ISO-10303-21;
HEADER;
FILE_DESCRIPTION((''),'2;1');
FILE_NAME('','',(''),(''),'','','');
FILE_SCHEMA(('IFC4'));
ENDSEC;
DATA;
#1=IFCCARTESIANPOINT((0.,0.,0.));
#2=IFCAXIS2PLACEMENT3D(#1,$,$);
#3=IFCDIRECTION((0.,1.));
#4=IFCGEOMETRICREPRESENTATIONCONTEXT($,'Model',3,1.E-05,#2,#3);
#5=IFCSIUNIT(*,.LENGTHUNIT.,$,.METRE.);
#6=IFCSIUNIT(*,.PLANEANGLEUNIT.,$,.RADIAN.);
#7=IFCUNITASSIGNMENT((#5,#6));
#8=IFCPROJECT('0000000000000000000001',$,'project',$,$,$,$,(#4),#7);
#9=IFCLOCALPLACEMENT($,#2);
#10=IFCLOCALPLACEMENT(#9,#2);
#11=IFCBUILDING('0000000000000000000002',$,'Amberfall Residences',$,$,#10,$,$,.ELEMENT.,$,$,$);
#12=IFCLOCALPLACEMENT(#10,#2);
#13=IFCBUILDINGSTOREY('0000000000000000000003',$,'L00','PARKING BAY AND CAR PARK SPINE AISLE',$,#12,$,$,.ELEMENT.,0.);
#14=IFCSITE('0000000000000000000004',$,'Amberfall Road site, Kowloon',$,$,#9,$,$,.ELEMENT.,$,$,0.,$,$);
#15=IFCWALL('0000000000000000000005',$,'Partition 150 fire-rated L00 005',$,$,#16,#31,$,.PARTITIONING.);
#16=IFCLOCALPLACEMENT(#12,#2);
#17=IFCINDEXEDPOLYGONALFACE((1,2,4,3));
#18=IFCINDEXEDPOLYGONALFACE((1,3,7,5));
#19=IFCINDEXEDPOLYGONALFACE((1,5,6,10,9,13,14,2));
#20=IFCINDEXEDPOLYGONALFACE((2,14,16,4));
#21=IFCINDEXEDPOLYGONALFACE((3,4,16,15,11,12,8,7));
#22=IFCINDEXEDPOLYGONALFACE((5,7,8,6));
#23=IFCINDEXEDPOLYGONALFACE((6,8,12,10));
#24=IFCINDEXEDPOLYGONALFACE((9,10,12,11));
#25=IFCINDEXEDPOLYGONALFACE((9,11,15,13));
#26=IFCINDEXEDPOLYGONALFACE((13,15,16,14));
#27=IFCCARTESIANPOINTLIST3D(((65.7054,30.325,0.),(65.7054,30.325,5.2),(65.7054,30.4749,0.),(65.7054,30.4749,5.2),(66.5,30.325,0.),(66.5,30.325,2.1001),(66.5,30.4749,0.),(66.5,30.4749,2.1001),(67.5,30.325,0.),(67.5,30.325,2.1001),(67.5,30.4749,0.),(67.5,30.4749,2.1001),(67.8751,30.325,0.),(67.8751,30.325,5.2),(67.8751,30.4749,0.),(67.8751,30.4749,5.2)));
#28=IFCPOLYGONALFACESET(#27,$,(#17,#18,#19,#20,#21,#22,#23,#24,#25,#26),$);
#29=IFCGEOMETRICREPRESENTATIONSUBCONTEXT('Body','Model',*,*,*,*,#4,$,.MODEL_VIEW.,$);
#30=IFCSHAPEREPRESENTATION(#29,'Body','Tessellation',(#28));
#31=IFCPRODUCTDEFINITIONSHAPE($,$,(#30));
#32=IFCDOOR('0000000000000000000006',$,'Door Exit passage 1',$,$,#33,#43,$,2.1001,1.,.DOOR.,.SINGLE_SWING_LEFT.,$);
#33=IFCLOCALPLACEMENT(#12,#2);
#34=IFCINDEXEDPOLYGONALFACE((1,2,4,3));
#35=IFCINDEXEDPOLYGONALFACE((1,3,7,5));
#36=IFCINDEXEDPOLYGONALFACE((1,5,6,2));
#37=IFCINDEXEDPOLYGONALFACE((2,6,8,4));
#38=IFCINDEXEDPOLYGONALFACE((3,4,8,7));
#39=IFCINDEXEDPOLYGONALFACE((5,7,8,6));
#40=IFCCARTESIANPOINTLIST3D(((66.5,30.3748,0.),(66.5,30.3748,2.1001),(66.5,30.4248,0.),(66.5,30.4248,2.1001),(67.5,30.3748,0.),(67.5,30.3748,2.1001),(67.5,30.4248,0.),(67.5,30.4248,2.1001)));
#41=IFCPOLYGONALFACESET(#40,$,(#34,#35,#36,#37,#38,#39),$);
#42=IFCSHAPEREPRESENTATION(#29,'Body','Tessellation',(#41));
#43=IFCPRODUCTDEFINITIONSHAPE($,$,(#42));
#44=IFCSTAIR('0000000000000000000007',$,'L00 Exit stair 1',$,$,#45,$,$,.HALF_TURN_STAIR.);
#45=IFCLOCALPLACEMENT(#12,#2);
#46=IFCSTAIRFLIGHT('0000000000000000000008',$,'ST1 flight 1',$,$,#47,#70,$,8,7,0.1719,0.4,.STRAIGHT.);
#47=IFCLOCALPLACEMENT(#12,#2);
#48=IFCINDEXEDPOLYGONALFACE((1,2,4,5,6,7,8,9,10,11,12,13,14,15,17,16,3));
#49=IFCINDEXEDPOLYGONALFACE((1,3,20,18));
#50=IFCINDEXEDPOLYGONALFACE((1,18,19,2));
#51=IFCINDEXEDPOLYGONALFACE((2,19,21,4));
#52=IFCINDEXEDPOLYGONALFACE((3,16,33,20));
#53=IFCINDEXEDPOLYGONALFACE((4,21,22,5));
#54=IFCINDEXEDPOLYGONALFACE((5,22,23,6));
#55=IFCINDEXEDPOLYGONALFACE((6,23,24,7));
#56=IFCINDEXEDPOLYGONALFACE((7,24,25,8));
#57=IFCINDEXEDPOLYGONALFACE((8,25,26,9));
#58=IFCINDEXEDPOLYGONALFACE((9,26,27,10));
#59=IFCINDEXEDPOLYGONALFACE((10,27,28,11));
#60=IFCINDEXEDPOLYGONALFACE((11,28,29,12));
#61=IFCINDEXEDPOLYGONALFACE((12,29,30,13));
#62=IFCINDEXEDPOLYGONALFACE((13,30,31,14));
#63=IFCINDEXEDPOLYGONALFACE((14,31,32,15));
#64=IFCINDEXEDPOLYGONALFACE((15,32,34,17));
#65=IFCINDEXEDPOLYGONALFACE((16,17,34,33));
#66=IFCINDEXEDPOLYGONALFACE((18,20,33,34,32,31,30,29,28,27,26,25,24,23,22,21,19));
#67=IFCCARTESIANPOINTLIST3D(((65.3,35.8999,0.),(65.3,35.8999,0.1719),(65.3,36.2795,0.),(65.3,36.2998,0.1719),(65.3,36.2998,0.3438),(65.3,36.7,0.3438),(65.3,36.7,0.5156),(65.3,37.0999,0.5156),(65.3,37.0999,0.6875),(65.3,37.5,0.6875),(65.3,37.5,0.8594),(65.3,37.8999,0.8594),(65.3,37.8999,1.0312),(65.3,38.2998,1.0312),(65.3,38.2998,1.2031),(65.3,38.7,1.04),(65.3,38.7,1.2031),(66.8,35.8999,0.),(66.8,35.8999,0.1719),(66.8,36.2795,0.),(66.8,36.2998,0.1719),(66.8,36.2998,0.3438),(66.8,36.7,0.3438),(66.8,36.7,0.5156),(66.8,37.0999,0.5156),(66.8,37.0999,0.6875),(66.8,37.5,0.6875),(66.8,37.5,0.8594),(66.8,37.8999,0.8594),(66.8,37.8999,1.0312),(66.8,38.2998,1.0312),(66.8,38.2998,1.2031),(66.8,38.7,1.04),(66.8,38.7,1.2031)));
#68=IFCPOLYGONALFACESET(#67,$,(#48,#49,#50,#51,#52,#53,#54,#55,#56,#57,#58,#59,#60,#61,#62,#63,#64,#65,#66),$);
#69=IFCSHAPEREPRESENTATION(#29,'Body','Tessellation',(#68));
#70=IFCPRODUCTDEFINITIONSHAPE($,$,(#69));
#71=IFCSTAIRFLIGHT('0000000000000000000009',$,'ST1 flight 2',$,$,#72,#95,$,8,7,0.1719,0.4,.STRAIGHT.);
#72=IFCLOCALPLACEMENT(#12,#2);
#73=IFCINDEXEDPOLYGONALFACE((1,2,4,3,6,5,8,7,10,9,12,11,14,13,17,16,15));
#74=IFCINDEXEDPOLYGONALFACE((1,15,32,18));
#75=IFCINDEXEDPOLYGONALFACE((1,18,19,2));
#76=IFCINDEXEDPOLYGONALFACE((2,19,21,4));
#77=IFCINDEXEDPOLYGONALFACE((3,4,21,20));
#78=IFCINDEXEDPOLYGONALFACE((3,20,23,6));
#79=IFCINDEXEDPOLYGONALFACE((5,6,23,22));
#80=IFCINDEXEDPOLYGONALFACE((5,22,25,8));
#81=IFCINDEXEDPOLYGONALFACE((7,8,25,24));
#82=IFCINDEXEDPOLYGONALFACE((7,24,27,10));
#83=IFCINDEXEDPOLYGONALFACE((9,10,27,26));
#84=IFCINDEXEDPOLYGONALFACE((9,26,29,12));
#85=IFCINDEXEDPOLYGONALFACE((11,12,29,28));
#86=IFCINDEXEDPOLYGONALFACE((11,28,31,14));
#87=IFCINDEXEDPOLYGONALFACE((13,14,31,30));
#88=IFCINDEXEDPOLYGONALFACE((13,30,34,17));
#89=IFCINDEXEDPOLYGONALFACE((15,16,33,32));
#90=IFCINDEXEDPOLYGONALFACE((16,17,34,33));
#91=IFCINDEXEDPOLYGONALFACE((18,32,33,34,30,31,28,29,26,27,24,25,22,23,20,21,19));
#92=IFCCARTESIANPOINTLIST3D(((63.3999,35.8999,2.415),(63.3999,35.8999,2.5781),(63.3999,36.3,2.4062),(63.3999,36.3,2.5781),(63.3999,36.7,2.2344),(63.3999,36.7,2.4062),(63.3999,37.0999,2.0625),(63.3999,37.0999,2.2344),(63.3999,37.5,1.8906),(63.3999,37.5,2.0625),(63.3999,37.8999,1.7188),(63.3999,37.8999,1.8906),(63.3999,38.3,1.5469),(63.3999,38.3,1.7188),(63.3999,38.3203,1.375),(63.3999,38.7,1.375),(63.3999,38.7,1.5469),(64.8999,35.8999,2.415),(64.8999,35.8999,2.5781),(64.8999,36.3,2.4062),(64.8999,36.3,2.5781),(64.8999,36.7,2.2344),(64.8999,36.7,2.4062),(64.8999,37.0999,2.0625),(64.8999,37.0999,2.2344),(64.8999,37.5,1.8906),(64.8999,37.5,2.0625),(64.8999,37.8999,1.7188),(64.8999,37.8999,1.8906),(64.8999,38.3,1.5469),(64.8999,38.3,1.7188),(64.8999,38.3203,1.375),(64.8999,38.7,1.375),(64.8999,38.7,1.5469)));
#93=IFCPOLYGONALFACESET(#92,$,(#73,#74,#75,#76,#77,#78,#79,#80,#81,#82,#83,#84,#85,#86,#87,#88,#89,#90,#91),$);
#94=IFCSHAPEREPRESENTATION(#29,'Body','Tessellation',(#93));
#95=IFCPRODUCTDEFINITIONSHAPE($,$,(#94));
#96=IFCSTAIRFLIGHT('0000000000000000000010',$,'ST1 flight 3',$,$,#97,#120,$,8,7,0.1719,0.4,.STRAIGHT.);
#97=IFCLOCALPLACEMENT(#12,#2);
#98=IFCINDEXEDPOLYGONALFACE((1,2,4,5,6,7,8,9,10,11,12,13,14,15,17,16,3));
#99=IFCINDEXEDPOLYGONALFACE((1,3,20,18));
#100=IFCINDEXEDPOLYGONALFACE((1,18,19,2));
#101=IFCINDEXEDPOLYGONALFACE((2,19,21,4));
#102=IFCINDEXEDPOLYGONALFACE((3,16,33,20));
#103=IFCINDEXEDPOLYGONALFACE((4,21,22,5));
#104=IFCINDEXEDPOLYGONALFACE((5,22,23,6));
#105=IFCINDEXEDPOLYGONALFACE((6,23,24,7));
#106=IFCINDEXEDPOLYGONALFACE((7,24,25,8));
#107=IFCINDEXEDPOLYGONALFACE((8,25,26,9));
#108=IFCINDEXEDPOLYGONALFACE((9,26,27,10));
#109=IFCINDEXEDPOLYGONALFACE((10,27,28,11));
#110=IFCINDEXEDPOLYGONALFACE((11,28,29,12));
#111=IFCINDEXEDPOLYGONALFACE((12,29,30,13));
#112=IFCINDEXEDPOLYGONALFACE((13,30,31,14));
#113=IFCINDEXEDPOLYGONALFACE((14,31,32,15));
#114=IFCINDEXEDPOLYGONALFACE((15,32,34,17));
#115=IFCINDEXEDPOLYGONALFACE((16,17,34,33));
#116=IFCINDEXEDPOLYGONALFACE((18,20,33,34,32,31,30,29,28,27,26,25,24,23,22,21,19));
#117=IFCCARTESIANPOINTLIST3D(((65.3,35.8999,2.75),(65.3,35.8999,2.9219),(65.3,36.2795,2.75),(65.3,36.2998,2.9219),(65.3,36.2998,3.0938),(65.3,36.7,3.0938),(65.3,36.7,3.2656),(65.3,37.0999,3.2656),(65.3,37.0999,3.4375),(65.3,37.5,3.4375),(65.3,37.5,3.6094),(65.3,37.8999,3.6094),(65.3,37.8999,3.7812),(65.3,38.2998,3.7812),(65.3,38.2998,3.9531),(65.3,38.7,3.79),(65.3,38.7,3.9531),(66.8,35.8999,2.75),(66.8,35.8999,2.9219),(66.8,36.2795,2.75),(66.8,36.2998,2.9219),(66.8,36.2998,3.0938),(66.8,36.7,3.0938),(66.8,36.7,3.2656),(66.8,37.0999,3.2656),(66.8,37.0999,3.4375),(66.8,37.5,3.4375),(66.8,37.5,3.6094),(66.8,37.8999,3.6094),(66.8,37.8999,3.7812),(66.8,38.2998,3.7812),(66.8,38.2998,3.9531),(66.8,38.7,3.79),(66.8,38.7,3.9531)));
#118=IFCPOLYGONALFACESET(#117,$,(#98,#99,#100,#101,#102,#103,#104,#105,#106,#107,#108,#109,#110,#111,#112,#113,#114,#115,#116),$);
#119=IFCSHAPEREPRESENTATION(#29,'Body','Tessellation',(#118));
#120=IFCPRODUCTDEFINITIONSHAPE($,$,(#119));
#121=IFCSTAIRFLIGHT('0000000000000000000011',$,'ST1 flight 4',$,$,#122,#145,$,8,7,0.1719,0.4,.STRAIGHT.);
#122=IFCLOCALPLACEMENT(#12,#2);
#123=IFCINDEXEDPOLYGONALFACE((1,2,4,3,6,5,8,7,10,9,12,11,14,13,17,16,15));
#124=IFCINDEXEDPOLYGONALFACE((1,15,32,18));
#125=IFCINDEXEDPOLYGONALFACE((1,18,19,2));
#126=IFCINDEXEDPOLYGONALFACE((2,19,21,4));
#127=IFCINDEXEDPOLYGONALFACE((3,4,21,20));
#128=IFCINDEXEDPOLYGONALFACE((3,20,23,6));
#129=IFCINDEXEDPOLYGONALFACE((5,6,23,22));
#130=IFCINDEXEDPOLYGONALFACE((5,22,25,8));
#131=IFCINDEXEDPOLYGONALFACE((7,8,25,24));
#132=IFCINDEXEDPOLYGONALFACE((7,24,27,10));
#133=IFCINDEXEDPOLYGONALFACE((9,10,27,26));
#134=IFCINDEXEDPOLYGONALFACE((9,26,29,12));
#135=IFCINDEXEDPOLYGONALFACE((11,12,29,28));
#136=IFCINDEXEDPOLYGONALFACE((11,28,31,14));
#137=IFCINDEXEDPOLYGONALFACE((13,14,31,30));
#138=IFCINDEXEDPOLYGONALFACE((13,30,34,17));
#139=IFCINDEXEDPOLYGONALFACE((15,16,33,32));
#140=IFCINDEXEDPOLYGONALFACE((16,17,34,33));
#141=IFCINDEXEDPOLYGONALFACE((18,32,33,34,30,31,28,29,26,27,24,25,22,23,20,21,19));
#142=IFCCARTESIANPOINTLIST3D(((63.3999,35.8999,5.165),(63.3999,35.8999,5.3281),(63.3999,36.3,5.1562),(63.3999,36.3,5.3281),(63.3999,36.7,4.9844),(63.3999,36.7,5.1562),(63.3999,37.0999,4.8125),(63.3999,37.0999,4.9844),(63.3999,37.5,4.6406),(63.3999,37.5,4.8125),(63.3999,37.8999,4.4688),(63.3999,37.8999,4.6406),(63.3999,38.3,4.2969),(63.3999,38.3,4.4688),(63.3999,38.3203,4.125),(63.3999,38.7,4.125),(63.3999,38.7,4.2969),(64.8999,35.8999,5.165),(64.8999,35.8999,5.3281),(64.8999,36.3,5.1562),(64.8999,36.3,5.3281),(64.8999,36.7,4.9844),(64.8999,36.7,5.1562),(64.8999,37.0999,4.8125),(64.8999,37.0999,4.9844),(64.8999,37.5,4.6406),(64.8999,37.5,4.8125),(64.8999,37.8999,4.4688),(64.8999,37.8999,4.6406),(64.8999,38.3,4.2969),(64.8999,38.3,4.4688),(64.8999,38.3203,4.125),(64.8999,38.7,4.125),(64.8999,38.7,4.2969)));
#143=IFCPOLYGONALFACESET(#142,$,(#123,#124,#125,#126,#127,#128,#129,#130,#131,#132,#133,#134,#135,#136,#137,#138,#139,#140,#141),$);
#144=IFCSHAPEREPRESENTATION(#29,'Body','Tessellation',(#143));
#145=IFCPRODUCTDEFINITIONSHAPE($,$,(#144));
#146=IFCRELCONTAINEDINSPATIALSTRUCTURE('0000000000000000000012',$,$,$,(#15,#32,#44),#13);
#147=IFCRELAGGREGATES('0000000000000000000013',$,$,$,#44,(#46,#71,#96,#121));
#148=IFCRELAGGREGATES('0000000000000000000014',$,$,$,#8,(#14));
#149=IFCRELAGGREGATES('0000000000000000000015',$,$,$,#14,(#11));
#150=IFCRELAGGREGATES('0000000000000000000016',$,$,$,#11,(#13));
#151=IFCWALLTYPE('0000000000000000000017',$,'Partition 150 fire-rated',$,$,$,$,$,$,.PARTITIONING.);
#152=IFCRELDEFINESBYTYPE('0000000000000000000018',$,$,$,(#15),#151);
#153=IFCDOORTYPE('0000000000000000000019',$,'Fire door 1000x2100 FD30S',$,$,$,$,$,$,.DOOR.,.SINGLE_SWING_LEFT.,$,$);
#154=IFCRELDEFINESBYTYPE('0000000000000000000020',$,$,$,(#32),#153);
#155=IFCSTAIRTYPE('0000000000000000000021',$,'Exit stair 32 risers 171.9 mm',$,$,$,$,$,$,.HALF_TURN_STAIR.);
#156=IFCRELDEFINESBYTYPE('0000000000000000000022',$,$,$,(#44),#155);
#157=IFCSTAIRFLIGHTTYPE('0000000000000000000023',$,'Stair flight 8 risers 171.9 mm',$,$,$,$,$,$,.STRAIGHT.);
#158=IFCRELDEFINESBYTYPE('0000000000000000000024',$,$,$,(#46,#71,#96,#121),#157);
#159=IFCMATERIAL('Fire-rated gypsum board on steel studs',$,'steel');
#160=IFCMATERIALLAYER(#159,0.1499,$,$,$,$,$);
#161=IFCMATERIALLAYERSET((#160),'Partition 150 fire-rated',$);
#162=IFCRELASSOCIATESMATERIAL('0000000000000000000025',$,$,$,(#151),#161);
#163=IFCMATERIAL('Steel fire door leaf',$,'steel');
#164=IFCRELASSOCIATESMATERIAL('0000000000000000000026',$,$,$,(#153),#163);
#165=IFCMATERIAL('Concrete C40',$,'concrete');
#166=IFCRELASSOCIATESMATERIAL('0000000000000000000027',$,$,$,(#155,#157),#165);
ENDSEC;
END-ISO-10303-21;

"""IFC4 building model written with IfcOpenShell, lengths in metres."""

from ifc_helpers import new_model, si_unit, direction, frame, frame_2d, origin, place, context, subcontext, project, spatial, polyline, rectangle, outline, extrude, material, layer, layer_set, type_object, element, fill, aggregate, save


model = new_model("IFC4")

# Units and contexts
model_context = context("Model", 3, precision=1e-05, world=origin(), true_north=direction((0.0, 1.0)))
body_context = subcontext(model_context, "Body", "Model", "MODEL_VIEW")
ifc_project = project(units=[si_unit("LENGTHUNIT", "METRE"), si_unit("PLANEANGLEUNIT", "RADIAN")], contexts=[model_context])

# Site, building, storey
site_placement = place(None, origin())
site = spatial("IfcSite", under=ifc_project, at=site_placement, Name="Amberfall Road site, Kowloon", CompositionType="ELEMENT", RefElevation=0.0)
building_placement = place(site_placement, origin())
building = spatial("IfcBuilding", under=site, at=building_placement, Name="Amberfall Residences", CompositionType="ELEMENT")
storey_placement = place(building_placement, origin())
storey = spatial("IfcBuildingStorey", under=building, at=storey_placement, Name="L00", Description="PARKING BAY AND CAR PARK SPINE AISLE", CompositionType="ELEMENT", Elevation=0.0)

# Shared definitions
ifc_material_1 = material(Name="Fire-rated gypsum board on steel studs", Category="steel")
ifc_layer_1 = layer(ifc_material_1, 0.1499)
ifc_layer_set_1 = layer_set([ifc_layer_1], Name="Partition 150 fire-rated")
wall_type_1 = type_object("IfcWallType", Name="Partition 150 fire-rated", PredefinedType="PARTITIONING", material=ifc_layer_set_1)

# Wall, opening, door
wall_1_placement = place(storey_placement, frame((65.7053, 30.3999, 0.0), z_axis=(0.0, 0.0, 1.0), x_axis=(1.0, 0.0, 0.0)))
wall_1 = element("IfcWall", 1, at=wall_1_placement, inside=storey, type_object=wall_type_1, Name="Partition 150 fire-rated L00 005", PredefinedType="PARTITIONING", context=body_context, shape_type="SweptSolid", body=[
    extrude(rectangle(XDim=2.1697, YDim=0.1499, at=frame_2d((1.085, 0.0))), origin(), (0.0, 0.0, 1.0), 5.2),
])
opening_1_placement = place(wall_1_placement, frame((0.7947, 0.0, 0.0)))
opening_1 = element("IfcOpeningElement", 2, at=opening_1_placement, cuts=wall_1, PredefinedType="OPENING", context=body_context, shape_type="SweptSolid", body=[
    extrude(rectangle(XDim=1.0, YDim=2.1001, at=frame_2d((0.5, 1.05))), frame((0.0, 0.085, 0.0), z_axis=(0.0, -1.0, 0.0), x_axis=(1.0, 0.0, 0.0)), (0.0, 0.0, 1.0), 0.1699),
])
ifc_material_2 = material(Name="Steel fire door leaf", Category="steel")
door_type_1 = type_object("IfcDoorType", Name="Fire door 1000x2100 FD30S", OperationType="SINGLE_SWING_LEFT", PredefinedType="DOOR", material=ifc_material_2)
door_1_placement = place(opening_1_placement, origin())
door_1 = element("IfcDoor", 3, at=door_1_placement, inside=storey, type_object=door_type_1, Name="Door Exit passage 1", OperationType="SINGLE_SWING_LEFT", OverallHeight=2.1001, OverallWidth=1.0, PredefinedType="DOOR", context=body_context, shape_type="SweptSolid", body=[
    extrude(rectangle(XDim=1.0, YDim=2.1001, at=frame_2d((0.5, 1.05))), frame((0.0, 0.0249, 0.0), z_axis=(0.0, -1.0, 0.0), x_axis=(1.0, 0.0, 0.0)), (0.0, 0.0, 1.0), 0.05),
])
fill(opening_1, door_1)

# Stair, stair flights
ifc_material_3 = material(Name="Concrete C40", Category="concrete")
stair_type = type_object("IfcStairType", Name="Exit stair 32 risers 171.9 mm", PredefinedType="HALF_TURN_STAIR", material=ifc_material_3)
stair_placement = place(storey_placement, origin())
stair = element("IfcStair", 4, at=stair_placement, inside=storey, type_object=stair_type, Name="L00 Exit stair 1", PredefinedType="HALF_TURN_STAIR")
stair_flight_type = type_object("IfcStairFlightType", Name="Stair flight 8 risers 171.9 mm", PredefinedType="STRAIGHT", material=ifc_material_3)
stair_flight_1_placement = place(storey_placement, frame((66.05, 35.8999, 0.0), z_axis=(0.0, 0.0, 1.0), x_axis=(0.0, 1.0, 0.0)))
stair_flight_1 = element("IfcStairFlight", 5, at=stair_flight_1_placement, type_object=stair_flight_type, Name="ST1 flight 1", NumberOfRisers=8, NumberOfTreads=7, PredefinedType="STRAIGHT", RiserHeight=0.1719, TreadLength=0.4, context=body_context, shape_type="SweptSolid", body=[
    extrude(outline(polyline([(0.0, 0.0), (0.0, 0.1719), (0.3999, 0.1719), (0.3999, 0.3438), (0.8, 0.3438), (0.8, 0.5156), (1.2, 0.5156), (1.2, 0.6875), (1.6001, 0.6875), (1.6001, 0.8594), (2.0, 0.8594), (2.0, 1.0312), (2.3999, 1.0312), (2.3999, 1.2031), (2.8, 1.2031), (2.8, 1.375), (2.8, 1.04), (0.3796, 0.0), (0.0, 0.0)])), frame((0.0, 0.75, 0.0), z_axis=(0.0, -1.0, 0.0), x_axis=(1.0, 0.0, 0.0)), (0.0, 0.0, 1.0), 1.5),
])
stair_flight_2_placement = place(storey_placement, frame((64.1499, 38.7, 1.375), z_axis=(0.0, 0.0, 1.0), x_axis=(0.0, -1.0, 0.0)))
stair_flight_2 = element("IfcStairFlight", 6, at=stair_flight_2_placement, type_object=stair_flight_type, Name="ST1 flight 2", NumberOfRisers=8, NumberOfTreads=7, PredefinedType="STRAIGHT", RiserHeight=0.1719, TreadLength=0.4, context=body_context, shape_type="SweptSolid", body=[
    extrude(outline(polyline([(0.0, 0.0), (0.0, 0.1719), (0.3999, 0.1719), (0.3999, 0.3438), (0.8, 0.3438), (0.8, 0.5156), (1.2, 0.5156), (1.2, 0.6875), (1.6001, 0.6875), (1.6001, 0.8594), (2.0, 0.8594), (2.0, 1.0312), (2.3999, 1.0312), (2.3999, 1.2031), (2.8, 1.2031), (2.8, 1.375), (2.8, 1.04), (0.3796, 0.0), (0.0, 0.0)])), frame((0.0, 0.75, 0.0), z_axis=(0.0, -1.0, 0.0), x_axis=(1.0, 0.0, 0.0)), (0.0, 0.0, 1.0), 1.5),
])
stair_flight_3_placement = place(storey_placement, frame((66.05, 35.8999, 2.75), z_axis=(0.0, 0.0, 1.0), x_axis=(0.0, 1.0, 0.0)))
stair_flight_3 = element("IfcStairFlight", 7, at=stair_flight_3_placement, type_object=stair_flight_type, Name="ST1 flight 3", NumberOfRisers=8, NumberOfTreads=7, PredefinedType="STRAIGHT", RiserHeight=0.1719, TreadLength=0.4, context=body_context, shape_type="SweptSolid", body=[
    extrude(outline(polyline([(0.0, 0.0), (0.0, 0.1719), (0.3999, 0.1719), (0.3999, 0.3438), (0.8, 0.3438), (0.8, 0.5156), (1.2, 0.5156), (1.2, 0.6875), (1.6001, 0.6875), (1.6001, 0.8594), (2.0, 0.8594), (2.0, 1.0312), (2.3999, 1.0312), (2.3999, 1.2031), (2.8, 1.2031), (2.8, 1.375), (2.8, 1.04), (0.3796, 0.0), (0.0, 0.0)])), frame((0.0, 0.75, 0.0), z_axis=(0.0, -1.0, 0.0), x_axis=(1.0, 0.0, 0.0)), (0.0, 0.0, 1.0), 1.5),
])
stair_flight_4_placement = place(storey_placement, frame((64.1499, 38.7, 4.125), z_axis=(0.0, 0.0, 1.0), x_axis=(0.0, -1.0, 0.0)))
stair_flight_4 = element("IfcStairFlight", 8, at=stair_flight_4_placement, type_object=stair_flight_type, Name="ST1 flight 4", NumberOfRisers=8, NumberOfTreads=7, PredefinedType="STRAIGHT", RiserHeight=0.1719, TreadLength=0.4, context=body_context, shape_type="SweptSolid", body=[
    extrude(outline(polyline([(0.0, 0.0), (0.0, 0.1719), (0.3999, 0.1719), (0.3999, 0.3438), (0.8, 0.3438), (0.8, 0.5156), (1.2, 0.5156), (1.2, 0.6875), (1.6001, 0.6875), (1.6001, 0.8594), (2.0, 0.8594), (2.0, 1.0312), (2.3999, 1.0312), (2.3999, 1.2031), (2.8, 1.2031), (2.8, 1.375), (2.8, 1.04), (0.3796, 0.0), (0.0, 0.0)])), frame((0.0, 0.75, 0.0), z_axis=(0.0, -1.0, 0.0), x_axis=(1.0, 0.0, 0.0)), (0.0, 0.0, 1.0), 1.5),
])
aggregate(stair, [stair_flight_1, stair_flight_2, stair_flight_3, stair_flight_4])

save(model, "model.ifc")
